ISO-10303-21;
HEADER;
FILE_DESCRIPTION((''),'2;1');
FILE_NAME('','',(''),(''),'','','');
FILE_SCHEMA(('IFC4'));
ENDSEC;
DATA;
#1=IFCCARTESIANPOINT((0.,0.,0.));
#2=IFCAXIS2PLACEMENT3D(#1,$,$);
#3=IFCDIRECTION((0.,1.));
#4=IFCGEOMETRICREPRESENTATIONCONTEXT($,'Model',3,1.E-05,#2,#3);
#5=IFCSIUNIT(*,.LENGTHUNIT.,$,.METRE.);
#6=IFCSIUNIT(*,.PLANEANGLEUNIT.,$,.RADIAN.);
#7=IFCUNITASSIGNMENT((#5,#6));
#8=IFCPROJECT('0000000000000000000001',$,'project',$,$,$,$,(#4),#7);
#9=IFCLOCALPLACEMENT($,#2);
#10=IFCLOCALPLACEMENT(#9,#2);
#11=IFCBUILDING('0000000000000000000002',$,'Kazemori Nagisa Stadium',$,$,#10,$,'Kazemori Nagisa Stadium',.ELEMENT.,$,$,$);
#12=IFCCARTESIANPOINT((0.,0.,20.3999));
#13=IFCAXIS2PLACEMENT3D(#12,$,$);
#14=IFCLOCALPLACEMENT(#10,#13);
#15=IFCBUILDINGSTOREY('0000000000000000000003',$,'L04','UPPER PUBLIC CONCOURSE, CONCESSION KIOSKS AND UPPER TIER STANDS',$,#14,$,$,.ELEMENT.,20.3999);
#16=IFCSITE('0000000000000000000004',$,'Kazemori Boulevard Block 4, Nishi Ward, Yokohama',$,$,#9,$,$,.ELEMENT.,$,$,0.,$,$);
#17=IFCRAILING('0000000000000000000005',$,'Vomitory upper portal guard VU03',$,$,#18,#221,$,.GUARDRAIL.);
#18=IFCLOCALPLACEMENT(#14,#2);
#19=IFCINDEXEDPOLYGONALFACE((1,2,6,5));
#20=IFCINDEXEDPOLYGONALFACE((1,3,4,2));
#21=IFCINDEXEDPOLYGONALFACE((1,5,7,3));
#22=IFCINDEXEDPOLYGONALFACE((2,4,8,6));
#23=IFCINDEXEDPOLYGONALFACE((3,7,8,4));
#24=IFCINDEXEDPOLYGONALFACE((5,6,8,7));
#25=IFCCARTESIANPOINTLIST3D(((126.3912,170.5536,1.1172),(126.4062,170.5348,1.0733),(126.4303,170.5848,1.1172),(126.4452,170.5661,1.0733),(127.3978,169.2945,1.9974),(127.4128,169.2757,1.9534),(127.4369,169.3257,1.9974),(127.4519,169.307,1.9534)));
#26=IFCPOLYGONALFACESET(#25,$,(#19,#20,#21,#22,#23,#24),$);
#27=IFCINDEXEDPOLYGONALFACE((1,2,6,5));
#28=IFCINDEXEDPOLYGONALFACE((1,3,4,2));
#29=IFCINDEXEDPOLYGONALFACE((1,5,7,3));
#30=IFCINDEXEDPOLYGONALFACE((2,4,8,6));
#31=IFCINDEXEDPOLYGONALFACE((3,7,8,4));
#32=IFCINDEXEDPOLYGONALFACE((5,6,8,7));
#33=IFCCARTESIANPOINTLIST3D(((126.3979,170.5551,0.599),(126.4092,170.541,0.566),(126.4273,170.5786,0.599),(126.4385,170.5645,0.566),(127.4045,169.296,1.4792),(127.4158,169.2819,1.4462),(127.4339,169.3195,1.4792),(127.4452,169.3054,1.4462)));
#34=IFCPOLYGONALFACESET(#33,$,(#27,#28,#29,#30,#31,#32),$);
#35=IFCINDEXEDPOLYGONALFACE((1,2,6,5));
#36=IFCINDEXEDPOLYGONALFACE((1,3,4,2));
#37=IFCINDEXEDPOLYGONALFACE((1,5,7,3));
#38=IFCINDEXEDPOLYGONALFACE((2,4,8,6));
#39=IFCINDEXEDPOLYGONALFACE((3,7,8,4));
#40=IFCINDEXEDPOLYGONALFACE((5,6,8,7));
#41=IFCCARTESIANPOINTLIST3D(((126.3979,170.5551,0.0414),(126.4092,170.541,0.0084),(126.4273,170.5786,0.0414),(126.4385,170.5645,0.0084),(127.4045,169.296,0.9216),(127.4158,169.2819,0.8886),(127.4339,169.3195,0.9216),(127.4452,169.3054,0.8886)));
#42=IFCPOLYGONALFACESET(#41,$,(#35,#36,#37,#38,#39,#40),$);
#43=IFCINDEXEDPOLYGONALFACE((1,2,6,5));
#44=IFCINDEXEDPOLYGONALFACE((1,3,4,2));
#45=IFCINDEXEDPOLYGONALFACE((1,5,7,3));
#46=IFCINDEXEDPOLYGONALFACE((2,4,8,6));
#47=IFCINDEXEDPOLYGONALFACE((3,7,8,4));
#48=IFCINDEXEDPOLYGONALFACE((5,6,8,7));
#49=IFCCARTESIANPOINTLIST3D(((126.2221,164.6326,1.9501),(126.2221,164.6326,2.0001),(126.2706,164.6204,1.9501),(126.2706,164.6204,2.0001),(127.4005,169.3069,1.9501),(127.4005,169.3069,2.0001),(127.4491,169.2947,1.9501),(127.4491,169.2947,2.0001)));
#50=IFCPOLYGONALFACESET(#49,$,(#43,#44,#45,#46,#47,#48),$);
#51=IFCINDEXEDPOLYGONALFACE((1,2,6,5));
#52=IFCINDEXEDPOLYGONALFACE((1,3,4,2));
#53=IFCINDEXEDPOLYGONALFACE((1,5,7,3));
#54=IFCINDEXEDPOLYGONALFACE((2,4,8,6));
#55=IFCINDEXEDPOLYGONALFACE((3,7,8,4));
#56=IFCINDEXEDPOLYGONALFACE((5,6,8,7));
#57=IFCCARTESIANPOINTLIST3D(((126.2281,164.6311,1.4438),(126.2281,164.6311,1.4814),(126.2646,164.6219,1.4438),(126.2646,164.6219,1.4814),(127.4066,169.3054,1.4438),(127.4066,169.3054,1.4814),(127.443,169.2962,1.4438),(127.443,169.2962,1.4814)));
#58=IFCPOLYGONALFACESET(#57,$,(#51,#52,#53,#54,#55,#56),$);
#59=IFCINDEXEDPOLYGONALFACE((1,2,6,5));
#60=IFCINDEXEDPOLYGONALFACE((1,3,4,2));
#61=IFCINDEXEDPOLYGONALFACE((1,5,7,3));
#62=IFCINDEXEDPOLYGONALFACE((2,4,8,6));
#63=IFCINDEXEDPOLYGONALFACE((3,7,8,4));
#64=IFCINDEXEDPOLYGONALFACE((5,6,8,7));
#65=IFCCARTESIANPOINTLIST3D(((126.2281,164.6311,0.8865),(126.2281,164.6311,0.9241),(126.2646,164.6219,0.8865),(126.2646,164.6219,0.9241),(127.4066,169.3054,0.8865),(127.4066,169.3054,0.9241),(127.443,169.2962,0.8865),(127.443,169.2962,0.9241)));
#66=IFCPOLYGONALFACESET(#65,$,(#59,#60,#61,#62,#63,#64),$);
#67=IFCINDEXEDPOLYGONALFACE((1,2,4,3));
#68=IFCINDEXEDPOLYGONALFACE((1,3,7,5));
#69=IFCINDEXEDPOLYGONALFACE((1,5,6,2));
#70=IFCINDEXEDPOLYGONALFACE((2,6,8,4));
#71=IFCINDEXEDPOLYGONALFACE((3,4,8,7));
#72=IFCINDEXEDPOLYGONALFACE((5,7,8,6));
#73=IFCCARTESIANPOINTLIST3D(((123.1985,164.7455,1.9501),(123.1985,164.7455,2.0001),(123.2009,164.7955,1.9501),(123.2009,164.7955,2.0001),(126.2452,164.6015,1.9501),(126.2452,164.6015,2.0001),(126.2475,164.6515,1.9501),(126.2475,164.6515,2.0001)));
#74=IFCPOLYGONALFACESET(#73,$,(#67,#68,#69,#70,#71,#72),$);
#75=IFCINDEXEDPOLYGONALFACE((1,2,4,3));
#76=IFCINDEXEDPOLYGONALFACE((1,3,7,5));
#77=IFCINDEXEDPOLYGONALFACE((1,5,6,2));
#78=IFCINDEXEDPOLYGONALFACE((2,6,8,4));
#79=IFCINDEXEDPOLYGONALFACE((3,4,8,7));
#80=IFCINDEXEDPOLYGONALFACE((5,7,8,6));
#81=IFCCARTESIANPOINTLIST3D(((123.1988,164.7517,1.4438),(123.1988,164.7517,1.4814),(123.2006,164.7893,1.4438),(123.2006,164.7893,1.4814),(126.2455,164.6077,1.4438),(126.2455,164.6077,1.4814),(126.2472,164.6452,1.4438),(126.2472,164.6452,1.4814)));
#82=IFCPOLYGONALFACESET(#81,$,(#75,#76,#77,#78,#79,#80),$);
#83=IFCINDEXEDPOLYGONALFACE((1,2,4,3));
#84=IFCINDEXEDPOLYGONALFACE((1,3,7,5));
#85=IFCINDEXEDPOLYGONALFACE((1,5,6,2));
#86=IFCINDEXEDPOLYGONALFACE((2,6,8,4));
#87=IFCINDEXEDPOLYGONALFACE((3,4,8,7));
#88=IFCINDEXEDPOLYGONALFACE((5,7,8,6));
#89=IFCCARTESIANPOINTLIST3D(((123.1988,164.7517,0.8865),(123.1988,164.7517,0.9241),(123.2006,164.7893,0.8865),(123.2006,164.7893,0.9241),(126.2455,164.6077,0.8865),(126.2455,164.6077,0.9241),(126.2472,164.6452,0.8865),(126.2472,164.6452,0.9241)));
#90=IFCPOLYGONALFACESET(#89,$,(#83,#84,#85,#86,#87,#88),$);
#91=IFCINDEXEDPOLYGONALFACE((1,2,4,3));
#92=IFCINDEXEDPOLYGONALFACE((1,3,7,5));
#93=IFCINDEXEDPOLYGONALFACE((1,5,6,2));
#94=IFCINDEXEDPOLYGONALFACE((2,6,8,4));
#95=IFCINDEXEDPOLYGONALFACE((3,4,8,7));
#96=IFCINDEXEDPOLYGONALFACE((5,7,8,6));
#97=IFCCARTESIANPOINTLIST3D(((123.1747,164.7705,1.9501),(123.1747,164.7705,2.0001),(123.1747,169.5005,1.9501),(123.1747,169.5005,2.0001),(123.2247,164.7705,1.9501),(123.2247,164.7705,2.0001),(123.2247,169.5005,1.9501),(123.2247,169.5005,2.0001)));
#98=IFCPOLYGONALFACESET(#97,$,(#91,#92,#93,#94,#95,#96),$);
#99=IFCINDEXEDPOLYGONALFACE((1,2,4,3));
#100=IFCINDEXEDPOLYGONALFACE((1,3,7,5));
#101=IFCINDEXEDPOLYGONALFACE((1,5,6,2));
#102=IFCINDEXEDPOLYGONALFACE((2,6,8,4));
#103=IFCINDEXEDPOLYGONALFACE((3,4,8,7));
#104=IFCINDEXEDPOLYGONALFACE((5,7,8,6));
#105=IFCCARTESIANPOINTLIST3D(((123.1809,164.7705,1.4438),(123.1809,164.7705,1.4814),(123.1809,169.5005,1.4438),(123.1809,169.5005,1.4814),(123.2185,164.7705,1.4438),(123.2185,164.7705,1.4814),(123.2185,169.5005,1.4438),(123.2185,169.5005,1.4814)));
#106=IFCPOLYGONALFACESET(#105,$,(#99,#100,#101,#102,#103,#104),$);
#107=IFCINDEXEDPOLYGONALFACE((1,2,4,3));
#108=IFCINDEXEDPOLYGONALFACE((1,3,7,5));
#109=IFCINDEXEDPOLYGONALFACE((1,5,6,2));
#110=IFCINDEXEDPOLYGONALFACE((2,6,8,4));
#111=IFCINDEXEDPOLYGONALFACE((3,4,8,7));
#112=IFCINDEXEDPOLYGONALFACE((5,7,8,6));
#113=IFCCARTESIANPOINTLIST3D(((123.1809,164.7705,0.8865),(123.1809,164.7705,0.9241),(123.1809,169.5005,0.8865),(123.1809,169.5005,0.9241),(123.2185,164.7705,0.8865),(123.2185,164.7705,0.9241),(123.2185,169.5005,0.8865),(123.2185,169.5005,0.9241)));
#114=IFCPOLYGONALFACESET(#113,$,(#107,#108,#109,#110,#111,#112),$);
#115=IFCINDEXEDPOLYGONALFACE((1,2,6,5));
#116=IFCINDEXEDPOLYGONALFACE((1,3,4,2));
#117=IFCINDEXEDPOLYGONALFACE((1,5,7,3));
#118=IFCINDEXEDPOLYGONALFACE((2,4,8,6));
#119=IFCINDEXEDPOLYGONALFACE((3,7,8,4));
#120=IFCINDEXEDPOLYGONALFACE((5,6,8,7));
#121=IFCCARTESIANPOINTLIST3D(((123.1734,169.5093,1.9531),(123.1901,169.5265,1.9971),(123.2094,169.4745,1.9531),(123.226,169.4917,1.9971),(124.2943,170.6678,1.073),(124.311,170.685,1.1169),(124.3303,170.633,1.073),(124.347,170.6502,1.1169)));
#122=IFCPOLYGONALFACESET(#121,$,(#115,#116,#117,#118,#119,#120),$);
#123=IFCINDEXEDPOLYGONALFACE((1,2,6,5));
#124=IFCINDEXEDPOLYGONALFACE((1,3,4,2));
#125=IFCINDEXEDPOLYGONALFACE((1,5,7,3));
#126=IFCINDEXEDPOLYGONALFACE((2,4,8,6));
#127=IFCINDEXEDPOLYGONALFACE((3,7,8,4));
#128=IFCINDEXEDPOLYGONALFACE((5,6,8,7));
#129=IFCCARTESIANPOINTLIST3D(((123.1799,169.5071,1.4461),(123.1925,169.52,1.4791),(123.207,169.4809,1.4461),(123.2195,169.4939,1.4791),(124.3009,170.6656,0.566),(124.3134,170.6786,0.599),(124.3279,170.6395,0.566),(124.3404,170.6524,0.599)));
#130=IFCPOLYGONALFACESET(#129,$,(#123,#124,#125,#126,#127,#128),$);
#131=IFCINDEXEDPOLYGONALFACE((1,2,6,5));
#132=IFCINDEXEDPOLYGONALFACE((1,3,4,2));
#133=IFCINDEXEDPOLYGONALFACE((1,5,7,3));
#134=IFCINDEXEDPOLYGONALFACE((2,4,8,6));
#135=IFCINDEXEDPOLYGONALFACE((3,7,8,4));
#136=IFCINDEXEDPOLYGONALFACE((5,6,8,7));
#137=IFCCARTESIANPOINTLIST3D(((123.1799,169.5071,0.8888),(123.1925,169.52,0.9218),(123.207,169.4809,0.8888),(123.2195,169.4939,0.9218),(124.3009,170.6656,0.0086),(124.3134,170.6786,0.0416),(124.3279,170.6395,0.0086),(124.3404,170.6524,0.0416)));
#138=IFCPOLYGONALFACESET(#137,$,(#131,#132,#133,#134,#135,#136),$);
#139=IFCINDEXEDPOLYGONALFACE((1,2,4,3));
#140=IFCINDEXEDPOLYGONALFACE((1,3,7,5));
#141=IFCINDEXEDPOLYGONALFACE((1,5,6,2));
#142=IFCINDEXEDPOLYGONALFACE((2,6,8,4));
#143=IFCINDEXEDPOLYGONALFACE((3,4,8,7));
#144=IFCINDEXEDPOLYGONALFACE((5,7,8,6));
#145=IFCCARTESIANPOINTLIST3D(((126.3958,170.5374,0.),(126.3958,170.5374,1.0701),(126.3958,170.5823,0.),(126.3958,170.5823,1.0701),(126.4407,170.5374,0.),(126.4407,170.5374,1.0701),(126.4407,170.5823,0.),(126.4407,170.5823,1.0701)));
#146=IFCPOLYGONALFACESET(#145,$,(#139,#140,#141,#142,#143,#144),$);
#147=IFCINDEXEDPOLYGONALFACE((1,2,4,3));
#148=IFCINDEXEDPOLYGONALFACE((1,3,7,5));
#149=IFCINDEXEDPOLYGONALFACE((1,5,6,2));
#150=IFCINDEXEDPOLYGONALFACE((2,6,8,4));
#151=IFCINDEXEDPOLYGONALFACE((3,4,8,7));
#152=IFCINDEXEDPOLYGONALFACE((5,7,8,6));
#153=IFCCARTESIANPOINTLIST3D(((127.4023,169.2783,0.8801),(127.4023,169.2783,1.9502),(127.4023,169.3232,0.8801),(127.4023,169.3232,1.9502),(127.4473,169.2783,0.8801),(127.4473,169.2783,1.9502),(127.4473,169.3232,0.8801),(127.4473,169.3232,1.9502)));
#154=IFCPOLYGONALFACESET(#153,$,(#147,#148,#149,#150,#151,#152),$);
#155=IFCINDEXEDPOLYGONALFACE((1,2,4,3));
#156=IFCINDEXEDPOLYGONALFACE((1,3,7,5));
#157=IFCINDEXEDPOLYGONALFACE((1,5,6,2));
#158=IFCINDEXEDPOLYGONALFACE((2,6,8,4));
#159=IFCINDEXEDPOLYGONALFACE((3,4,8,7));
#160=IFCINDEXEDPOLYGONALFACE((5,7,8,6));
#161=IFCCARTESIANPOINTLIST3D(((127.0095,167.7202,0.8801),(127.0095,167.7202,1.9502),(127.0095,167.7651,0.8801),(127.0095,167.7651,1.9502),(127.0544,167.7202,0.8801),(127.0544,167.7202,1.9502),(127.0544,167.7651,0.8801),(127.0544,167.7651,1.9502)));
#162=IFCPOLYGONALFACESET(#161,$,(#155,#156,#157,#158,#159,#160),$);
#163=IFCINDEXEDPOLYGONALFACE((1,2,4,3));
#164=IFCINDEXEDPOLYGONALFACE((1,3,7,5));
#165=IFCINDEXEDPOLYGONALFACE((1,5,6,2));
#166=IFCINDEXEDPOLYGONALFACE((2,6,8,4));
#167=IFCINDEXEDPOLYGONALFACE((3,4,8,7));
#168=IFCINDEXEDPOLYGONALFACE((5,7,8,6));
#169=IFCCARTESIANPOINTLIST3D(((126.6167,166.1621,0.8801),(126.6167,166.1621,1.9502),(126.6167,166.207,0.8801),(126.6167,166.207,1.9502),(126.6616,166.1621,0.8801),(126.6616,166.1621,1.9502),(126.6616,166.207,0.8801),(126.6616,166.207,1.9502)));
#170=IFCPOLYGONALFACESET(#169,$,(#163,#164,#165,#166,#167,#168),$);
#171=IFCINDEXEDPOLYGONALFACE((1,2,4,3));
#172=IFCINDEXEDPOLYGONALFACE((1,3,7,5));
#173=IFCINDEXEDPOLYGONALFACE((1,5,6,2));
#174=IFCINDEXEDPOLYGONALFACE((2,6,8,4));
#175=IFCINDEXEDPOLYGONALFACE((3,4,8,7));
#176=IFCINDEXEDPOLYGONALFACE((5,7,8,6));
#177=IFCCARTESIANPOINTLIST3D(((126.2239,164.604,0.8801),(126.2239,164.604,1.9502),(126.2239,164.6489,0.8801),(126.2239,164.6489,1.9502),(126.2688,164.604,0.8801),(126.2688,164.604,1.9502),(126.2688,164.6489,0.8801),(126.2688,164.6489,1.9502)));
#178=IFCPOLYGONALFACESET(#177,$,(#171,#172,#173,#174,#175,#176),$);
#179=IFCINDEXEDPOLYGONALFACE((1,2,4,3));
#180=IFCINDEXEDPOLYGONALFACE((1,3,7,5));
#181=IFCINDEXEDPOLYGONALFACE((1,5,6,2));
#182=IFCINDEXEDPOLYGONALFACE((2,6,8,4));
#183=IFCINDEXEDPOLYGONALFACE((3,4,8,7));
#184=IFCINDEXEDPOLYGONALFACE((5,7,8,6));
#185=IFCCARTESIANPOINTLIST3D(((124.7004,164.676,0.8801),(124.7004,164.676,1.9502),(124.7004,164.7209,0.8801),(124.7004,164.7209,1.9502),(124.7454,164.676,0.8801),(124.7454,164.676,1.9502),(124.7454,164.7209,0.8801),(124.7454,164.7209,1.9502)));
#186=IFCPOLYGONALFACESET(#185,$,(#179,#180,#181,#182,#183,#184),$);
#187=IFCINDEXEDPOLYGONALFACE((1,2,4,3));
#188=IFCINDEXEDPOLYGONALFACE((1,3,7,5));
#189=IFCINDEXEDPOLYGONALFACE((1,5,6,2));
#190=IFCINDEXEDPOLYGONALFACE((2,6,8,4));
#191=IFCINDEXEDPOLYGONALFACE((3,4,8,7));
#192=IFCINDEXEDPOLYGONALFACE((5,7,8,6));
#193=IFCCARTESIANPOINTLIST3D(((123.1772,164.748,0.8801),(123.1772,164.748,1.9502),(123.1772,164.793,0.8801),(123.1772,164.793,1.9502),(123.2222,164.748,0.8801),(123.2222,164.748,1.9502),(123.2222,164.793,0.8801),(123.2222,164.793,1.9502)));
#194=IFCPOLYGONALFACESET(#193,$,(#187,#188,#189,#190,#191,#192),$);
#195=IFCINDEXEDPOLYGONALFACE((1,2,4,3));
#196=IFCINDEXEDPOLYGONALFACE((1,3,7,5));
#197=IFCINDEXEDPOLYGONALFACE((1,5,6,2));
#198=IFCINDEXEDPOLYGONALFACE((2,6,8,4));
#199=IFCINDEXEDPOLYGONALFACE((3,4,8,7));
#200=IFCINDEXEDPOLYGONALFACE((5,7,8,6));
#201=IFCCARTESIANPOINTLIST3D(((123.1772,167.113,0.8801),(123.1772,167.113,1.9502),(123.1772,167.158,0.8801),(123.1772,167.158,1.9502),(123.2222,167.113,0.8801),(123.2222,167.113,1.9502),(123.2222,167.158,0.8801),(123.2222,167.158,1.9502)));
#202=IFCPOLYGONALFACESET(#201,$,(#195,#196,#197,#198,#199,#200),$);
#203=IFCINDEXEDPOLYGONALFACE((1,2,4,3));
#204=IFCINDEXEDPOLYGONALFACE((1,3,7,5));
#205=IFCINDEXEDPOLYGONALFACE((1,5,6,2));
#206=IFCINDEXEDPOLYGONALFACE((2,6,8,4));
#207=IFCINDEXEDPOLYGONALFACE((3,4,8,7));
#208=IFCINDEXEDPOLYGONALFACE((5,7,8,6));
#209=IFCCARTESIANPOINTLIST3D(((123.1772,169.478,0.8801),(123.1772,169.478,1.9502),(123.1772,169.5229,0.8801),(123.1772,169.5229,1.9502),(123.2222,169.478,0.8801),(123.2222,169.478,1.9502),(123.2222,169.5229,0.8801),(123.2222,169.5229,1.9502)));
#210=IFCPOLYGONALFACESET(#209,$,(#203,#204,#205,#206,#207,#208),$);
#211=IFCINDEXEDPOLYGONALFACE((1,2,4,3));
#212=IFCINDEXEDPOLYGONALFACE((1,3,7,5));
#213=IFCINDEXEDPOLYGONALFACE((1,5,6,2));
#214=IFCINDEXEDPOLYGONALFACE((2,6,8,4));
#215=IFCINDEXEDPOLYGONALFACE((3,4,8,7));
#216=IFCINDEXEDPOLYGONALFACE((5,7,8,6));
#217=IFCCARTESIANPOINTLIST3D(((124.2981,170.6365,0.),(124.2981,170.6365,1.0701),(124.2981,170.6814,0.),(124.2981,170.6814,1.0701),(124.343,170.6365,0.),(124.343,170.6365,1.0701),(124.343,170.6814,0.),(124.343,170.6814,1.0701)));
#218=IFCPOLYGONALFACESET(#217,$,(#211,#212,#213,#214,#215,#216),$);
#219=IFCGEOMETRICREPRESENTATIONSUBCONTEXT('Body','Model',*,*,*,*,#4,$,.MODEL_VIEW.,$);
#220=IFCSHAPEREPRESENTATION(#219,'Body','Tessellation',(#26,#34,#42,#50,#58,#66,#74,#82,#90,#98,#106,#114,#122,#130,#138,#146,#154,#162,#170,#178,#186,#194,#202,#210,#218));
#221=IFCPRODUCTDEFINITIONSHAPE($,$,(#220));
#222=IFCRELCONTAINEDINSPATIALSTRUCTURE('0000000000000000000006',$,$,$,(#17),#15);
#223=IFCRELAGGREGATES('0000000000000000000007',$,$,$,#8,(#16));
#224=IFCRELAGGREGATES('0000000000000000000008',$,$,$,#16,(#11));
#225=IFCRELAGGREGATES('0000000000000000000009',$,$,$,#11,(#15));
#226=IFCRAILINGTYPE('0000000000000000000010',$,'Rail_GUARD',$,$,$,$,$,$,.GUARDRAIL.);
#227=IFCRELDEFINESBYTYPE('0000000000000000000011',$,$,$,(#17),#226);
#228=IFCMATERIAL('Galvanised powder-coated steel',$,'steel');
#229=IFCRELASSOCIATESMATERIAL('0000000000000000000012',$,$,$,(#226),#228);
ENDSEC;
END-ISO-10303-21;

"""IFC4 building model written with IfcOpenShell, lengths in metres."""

from ifc_helpers import new_model, si_unit, direction, frame, origin, origin_2d, place, context, subcontext, project, spatial, rectangle, extrude, material, type_object, element, save


model = new_model("IFC4")

# Units and contexts
model_context = context("Model", 3, precision=1e-05, world=origin(), true_north=direction((0.0, 1.0)))
body_context = subcontext(model_context, "Body", "Model", "MODEL_VIEW")
ifc_project = project(units=[si_unit("LENGTHUNIT", "METRE"), si_unit("PLANEANGLEUNIT", "RADIAN")], contexts=[model_context])

# Site, building, storey
site_placement = place(None, origin())
site = spatial("IfcSite", under=ifc_project, at=site_placement, Name="Kazemori Boulevard Block 4, Nishi Ward, Yokohama", CompositionType="ELEMENT", RefElevation=0.0)
building_placement = place(site_placement, origin())
building = spatial("IfcBuilding", under=site, at=building_placement, Name="Kazemori Nagisa Stadium", LongName="Kazemori Nagisa Stadium", CompositionType="ELEMENT")
storey_placement = place(building_placement, frame((0.0, 0.0, 20.3999)))
storey = spatial("IfcBuildingStorey", under=building, at=storey_placement, Name="L04", Description="UPPER PUBLIC CONCOURSE, CONCESSION KIOSKS AND UPPER TIER STANDS", CompositionType="ELEMENT", Elevation=20.3999)

# Railing
ifc_material_1 = material(Name="Galvanised powder-coated steel", Category="steel")
railing_type_1 = type_object("IfcRailingType", Name="Rail_GUARD", PredefinedType="GUARDRAIL", material=ifc_material_1)
railing_1_placement = place(storey_placement, frame((126.4182, 170.5598, 0.0)))
element("IfcRailing", 1, at=railing_1_placement, inside=storey, type_object=railing_type_1, Name="Vomitory upper portal guard VU03", PredefinedType="GUARDRAIL", context=body_context, shape_type="SweptSolid", body=[
    extrude(rectangle(XDim=0.05, YDim=0.05, at=origin_2d()), frame((0.0, 0.0, 1.0952), z_axis=(0.54808, -0.685532, 0.479221), x_axis=(0.781061, 0.624455, 0.0)), (0.0, 0.0, 1.0), 1.8367),
    extrude(rectangle(XDim=0.0376, YDim=0.0376, at=origin_2d()), frame((0.0, 0.0, 0.5825), z_axis=(0.54808, -0.685532, 0.479221), x_axis=(0.781061, 0.624455, 0.0)), (0.0, 0.0, 1.0), 1.8367),
    extrude(rectangle(XDim=0.0376, YDim=0.0376, at=origin_2d()), frame((0.0, 0.0, 0.0249), z_axis=(0.54808, -0.685532, 0.479221), x_axis=(0.781061, 0.624455, 0.0)), (0.0, 0.0, 1.0), 1.8367),
    extrude(rectangle(XDim=0.05, YDim=0.05, at=origin_2d()), frame((1.0066, -1.259, 1.9751), z_axis=(-0.244466, -0.969658, 0.0), x_axis=(0.969658, -0.244466, 0.0)), (0.0, 0.0, 1.0), 4.8206),
    extrude(rectangle(XDim=0.0376, YDim=0.0376, at=origin_2d()), frame((1.0066, -1.259, 1.4626), z_axis=(-0.244466, -0.969658, 0.0), x_axis=(0.969658, -0.244466, 0.0)), (0.0, 0.0, 1.0), 4.8206),
    extrude(rectangle(XDim=0.0376, YDim=0.0376, at=origin_2d()), frame((1.0066, -1.259, 0.9053), z_axis=(-0.244466, -0.969658, 0.0), x_axis=(0.969658, -0.244466, 0.0)), (0.0, 0.0, 1.0), 4.8206),
    extrude(rectangle(XDim=0.05, YDim=0.05, at=origin_2d()), frame((-0.1719, -5.9333, 1.9751), z_axis=(-0.998884, 0.047227, 0.0), x_axis=(-0.047227, -0.998884, 0.0)), (0.0, 0.0, 1.0), 3.05),
    extrude(rectangle(XDim=0.0376, YDim=0.0376, at=origin_2d()), frame((-0.1719, -5.9333, 1.4626), z_axis=(-0.998884, 0.047227, 0.0), x_axis=(-0.047227, -0.998884, 0.0)), (0.0, 0.0, 1.0), 3.05),
    extrude(rectangle(XDim=0.0376, YDim=0.0376, at=origin_2d()), frame((-0.1719, -5.9333, 0.9053), z_axis=(-0.998884, 0.047227, 0.0), x_axis=(-0.047227, -0.998884, 0.0)), (0.0, 0.0, 1.0), 3.05),
    extrude(rectangle(XDim=0.05, YDim=0.05, at=origin_2d()), frame((-3.2185, -5.7893, 1.9751), z_axis=(0.0, 1.0, 0.0), x_axis=(-1.0, 0.0, 0.0)), (0.0, 0.0, 1.0), 4.73),
    extrude(rectangle(XDim=0.0376, YDim=0.0376, at=origin_2d()), frame((-3.2185, -5.7893, 1.4626), z_axis=(0.0, 1.0, 0.0), x_axis=(-1.0, 0.0, 0.0)), (0.0, 0.0, 1.0), 4.73),
    extrude(rectangle(XDim=0.0376, YDim=0.0376, at=origin_2d()), frame((-3.2185, -5.7893, 0.9053), z_axis=(0.0, 1.0, 0.0), x_axis=(-1.0, 0.0, 0.0)), (0.0, 0.0, 1.0), 4.73),
    extrude(rectangle(XDim=0.05, YDim=0.05, at=origin_2d()), frame((-3.2185, -1.0593, 1.9751), z_axis=(0.610301, 0.630773, -0.479228), x_axis=(-0.718673, 0.695348, 0.0)), (0.0, 0.0, 1.0), 1.8367),
    extrude(rectangle(XDim=0.0376, YDim=0.0376, at=origin_2d()), frame((-3.2185, -1.0593, 1.4626), z_axis=(0.610301, 0.630773, -0.479228), x_axis=(-0.718673, 0.695348, 0.0)), (0.0, 0.0, 1.0), 1.8367),
    extrude(rectangle(XDim=0.0376, YDim=0.0376, at=origin_2d()), frame((-3.2185, -1.0593, 0.9053), z_axis=(0.610301, 0.630773, -0.479228), x_axis=(-0.718673, 0.695348, 0.0)), (0.0, 0.0, 1.0), 1.8367),
    extrude(rectangle(XDim=0.0449, YDim=0.0449, at=origin_2d()), origin(), (0.0, 0.0, 1.0), 1.0701),
    extrude(rectangle(XDim=0.0449, YDim=0.0449, at=origin_2d()), frame((1.0066, -1.259, 0.8801)), (0.0, 0.0, 1.0), 1.0701),
    extrude(rectangle(XDim=0.0449, YDim=0.0449, at=origin_2d()), frame((0.6138, -2.8171, 0.8801)), (0.0, 0.0, 1.0), 1.0701),
    extrude(rectangle(XDim=0.0449, YDim=0.0449, at=origin_2d()), frame((0.2209, -4.3752, 0.8801)), (0.0, 0.0, 1.0), 1.0701),
    extrude(rectangle(XDim=0.0449, YDim=0.0449, at=origin_2d()), frame((-0.1719, -5.9333, 0.8801)), (0.0, 0.0, 1.0), 1.0701),
    extrude(rectangle(XDim=0.0449, YDim=0.0449, at=origin_2d()), frame((-1.6953, -5.8613, 0.8801)), (0.0, 0.0, 1.0), 1.0701),
    extrude(rectangle(XDim=0.0449, YDim=0.0449, at=origin_2d()), frame((-3.2185, -5.7893, 0.8801)), (0.0, 0.0, 1.0), 1.0701),
    extrude(rectangle(XDim=0.0449, YDim=0.0449, at=origin_2d()), frame((-3.2185, -3.4243, 0.8801)), (0.0, 0.0, 1.0), 1.0701),
    extrude(rectangle(XDim=0.0449, YDim=0.0449, at=origin_2d()), frame((-3.2185, -1.0593, 0.8801)), (0.0, 0.0, 1.0), 1.0701),
    extrude(rectangle(XDim=0.0449, YDim=0.0449, at=origin_2d()), frame((-2.0977, 0.0991, 0.0)), (0.0, 0.0, 1.0), 1.0701),
])

save(model, "model.ifc")
